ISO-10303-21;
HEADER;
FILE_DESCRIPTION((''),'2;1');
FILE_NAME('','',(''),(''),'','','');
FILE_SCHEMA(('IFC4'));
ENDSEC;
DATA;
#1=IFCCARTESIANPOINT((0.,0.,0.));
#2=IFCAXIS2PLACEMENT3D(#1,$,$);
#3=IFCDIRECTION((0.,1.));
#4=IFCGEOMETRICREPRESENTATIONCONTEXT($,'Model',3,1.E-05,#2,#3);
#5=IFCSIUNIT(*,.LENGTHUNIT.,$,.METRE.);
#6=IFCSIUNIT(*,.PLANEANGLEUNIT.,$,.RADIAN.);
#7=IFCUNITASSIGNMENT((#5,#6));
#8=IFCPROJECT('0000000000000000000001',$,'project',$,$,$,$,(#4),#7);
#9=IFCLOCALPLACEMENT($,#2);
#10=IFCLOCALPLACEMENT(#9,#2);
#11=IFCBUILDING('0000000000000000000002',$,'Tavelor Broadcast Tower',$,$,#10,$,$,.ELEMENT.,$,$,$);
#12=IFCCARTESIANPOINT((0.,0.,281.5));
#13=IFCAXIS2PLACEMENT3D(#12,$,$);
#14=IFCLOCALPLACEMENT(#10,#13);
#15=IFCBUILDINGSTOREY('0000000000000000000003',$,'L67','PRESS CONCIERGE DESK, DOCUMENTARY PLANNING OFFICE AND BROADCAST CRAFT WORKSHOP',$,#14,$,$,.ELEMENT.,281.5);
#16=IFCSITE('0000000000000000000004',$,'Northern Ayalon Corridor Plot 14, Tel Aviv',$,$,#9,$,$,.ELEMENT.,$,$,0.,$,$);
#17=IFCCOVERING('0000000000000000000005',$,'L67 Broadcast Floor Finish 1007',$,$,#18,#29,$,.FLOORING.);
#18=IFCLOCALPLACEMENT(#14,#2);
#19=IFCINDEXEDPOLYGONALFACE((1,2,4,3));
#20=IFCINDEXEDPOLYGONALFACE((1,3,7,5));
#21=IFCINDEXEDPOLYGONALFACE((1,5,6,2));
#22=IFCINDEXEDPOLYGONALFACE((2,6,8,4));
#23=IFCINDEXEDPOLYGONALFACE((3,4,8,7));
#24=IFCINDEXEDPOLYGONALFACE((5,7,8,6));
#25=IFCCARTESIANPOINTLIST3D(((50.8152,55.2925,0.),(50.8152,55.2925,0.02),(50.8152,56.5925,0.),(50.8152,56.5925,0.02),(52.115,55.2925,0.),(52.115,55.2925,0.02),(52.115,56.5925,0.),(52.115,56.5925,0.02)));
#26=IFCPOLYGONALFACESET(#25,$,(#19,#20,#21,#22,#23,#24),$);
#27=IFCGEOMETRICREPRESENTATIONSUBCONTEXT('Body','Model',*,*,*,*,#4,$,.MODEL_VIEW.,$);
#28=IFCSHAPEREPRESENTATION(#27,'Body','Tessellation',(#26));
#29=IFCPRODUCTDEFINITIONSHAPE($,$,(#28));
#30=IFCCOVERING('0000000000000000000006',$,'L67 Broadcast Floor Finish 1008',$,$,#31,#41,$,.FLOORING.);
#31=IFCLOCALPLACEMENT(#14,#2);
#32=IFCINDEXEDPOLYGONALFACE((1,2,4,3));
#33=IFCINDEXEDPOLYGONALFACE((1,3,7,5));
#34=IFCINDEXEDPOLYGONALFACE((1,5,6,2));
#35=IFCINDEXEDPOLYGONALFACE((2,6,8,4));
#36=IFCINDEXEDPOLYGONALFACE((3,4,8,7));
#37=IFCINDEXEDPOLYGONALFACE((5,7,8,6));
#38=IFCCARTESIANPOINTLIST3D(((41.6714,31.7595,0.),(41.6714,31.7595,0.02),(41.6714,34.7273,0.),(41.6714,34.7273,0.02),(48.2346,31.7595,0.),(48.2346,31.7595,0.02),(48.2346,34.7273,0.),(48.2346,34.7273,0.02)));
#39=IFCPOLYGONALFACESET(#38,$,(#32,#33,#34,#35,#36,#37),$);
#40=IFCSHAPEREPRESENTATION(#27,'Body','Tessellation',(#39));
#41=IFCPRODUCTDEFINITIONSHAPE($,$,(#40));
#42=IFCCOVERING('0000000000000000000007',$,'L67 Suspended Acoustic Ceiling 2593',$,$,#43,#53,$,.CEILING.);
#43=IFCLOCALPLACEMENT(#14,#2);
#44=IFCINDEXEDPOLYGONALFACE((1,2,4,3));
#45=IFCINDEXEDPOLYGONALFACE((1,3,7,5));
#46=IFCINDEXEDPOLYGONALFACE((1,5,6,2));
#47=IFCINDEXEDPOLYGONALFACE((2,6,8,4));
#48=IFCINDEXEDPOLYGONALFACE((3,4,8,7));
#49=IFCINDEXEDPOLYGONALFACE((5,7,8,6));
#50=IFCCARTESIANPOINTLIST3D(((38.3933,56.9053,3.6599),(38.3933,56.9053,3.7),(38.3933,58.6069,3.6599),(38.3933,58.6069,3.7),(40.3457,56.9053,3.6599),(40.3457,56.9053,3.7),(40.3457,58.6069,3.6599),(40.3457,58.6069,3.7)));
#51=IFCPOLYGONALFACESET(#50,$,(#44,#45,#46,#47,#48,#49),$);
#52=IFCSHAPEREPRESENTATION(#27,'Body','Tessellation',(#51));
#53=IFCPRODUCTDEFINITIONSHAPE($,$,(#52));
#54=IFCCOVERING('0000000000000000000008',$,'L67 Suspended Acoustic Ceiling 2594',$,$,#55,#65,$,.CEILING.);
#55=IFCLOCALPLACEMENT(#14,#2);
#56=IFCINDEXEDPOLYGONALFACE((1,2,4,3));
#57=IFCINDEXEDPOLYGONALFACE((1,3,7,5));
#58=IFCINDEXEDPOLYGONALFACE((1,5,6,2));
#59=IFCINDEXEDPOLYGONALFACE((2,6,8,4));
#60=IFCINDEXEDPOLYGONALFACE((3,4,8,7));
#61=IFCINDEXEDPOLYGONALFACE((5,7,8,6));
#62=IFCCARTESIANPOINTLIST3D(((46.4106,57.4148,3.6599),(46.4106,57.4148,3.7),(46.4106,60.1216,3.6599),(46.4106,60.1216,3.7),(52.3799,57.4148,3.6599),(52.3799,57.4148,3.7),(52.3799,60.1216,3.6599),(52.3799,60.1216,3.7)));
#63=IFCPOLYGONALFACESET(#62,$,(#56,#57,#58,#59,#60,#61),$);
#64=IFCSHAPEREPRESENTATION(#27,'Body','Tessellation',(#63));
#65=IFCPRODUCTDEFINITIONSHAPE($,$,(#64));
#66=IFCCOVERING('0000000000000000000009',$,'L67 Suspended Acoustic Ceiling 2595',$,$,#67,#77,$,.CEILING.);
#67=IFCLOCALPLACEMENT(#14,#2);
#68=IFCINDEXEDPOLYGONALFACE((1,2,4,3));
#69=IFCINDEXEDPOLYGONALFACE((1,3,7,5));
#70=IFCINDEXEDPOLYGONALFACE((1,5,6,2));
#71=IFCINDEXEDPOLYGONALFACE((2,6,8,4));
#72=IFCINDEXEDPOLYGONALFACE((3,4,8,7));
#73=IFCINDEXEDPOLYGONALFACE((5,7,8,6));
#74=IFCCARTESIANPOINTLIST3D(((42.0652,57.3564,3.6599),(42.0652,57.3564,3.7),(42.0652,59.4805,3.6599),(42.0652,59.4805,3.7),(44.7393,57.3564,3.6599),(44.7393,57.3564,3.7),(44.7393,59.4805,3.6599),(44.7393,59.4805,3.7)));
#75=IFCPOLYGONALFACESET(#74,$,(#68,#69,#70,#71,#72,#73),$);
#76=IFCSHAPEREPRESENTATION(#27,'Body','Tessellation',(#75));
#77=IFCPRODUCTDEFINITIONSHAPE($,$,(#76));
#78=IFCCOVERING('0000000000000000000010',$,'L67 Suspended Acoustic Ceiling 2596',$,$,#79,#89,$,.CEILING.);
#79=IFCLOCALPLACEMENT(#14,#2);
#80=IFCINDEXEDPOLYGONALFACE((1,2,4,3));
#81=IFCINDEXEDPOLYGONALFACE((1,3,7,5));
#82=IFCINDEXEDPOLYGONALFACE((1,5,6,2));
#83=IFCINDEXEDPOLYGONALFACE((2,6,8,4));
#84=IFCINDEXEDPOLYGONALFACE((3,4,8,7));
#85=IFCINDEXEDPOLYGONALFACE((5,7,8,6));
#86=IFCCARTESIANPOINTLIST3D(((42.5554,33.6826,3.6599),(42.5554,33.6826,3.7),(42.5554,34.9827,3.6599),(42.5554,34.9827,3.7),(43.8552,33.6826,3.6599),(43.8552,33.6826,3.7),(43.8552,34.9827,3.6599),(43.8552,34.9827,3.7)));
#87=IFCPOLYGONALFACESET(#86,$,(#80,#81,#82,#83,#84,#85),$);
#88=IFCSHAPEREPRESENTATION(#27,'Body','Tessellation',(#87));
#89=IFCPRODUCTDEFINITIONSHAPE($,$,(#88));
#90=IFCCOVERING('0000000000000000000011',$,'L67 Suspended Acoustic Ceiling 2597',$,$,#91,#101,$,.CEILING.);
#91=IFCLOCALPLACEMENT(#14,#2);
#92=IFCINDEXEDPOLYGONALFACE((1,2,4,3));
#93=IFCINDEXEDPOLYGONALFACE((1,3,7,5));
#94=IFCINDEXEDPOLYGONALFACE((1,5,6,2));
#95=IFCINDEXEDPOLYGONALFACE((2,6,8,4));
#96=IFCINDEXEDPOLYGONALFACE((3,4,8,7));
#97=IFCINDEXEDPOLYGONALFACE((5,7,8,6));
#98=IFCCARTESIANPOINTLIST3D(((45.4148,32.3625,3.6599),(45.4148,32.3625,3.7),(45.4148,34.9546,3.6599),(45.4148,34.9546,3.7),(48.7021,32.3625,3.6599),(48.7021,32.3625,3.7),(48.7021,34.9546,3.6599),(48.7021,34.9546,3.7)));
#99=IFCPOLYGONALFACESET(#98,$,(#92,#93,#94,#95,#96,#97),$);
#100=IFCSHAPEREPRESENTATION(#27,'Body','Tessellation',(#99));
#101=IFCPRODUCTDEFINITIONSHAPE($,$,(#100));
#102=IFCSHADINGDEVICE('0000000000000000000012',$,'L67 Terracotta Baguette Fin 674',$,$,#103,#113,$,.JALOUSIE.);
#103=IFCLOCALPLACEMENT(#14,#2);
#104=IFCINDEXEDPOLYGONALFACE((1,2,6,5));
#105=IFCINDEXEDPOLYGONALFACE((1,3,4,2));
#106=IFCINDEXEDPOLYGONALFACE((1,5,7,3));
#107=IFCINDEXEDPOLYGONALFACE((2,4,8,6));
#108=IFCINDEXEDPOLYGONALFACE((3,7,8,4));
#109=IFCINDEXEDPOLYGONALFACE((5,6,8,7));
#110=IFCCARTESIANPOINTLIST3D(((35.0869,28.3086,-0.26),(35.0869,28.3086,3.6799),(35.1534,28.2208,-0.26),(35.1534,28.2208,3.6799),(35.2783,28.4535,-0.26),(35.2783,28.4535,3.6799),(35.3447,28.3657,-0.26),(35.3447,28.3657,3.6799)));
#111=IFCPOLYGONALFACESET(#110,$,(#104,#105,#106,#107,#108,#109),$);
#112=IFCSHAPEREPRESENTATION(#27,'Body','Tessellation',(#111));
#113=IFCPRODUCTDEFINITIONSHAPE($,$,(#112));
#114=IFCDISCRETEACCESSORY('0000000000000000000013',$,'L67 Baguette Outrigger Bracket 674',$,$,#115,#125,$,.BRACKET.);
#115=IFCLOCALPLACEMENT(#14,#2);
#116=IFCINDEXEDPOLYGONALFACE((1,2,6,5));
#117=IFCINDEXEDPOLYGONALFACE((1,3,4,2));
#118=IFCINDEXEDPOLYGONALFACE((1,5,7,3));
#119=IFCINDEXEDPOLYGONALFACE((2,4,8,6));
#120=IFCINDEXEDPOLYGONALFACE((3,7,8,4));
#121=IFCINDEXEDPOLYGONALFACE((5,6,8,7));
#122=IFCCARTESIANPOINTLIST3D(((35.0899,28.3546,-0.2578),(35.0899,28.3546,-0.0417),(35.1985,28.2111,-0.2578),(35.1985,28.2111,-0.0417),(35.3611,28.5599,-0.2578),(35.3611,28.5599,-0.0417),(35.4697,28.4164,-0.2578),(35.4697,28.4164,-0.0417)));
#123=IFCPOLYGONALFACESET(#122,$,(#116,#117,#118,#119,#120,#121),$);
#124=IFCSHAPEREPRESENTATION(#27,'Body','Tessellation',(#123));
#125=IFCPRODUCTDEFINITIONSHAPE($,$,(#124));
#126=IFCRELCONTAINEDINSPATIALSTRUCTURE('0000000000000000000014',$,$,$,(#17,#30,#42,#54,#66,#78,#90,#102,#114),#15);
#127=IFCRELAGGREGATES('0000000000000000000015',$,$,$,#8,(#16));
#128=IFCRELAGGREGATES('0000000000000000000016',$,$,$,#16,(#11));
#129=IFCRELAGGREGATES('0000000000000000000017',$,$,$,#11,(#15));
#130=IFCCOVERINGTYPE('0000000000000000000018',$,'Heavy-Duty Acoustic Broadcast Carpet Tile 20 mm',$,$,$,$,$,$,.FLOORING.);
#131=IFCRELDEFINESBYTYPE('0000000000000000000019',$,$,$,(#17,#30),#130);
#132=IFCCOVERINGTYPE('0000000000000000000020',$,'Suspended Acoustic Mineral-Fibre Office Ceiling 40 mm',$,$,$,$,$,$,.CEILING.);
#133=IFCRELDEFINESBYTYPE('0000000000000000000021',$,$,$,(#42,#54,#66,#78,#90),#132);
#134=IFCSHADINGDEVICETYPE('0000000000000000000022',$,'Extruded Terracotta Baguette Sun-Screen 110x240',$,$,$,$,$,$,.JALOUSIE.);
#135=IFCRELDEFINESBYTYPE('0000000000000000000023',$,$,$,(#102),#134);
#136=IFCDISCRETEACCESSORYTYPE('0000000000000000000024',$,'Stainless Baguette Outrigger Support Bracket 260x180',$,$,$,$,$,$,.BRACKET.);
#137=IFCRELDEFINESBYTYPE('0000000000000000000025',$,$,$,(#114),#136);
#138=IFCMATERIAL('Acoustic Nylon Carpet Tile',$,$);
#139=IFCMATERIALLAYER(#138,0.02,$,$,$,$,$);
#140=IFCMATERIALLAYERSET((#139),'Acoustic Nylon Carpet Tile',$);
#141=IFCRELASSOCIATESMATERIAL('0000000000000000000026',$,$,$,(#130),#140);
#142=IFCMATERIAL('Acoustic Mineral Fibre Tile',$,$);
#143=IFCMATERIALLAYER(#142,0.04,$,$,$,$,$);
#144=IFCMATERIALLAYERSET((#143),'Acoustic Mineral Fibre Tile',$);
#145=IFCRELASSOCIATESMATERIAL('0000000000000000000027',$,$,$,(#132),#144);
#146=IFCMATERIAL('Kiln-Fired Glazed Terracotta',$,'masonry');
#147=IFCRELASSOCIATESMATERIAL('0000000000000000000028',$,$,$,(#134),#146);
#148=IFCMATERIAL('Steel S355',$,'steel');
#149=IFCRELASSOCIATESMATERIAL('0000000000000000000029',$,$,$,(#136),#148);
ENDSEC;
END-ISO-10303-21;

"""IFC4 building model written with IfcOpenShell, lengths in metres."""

from ifc_helpers import new_model, si_unit, direction, frame, origin, origin_2d, place, context, subcontext, project, spatial, polyline, rectangle, outline, extrude, source, transform, mapped, material, layer, layer_set, type_object, type_shapes, element, save


model = new_model("IFC4")

# Units and contexts
model_context = context("Model", 3, precision=1e-05, world=origin(), true_north=direction((0.0, 1.0)))
body_context = subcontext(model_context, "Body", "Model", "MODEL_VIEW")
ifc_project = project(units=[si_unit("LENGTHUNIT", "METRE"), si_unit("PLANEANGLEUNIT", "RADIAN")], contexts=[model_context])

# Site, building, storey
site_placement = place(None, origin())
site = spatial("IfcSite", under=ifc_project, at=site_placement, Name="Northern Ayalon Corridor Plot 14, Tel Aviv", CompositionType="ELEMENT", RefElevation=0.0)
building_placement = place(site_placement, origin())
building = spatial("IfcBuilding", under=site, at=building_placement, Name="Tavelor Broadcast Tower", CompositionType="ELEMENT")
storey_placement = place(building_placement, frame((0.0, 0.0, 281.5)))
storey = spatial("IfcBuildingStorey", under=building, at=storey_placement, Name="L67", Description="PRESS CONCIERGE DESK, DOCUMENTARY PLANNING OFFICE AND BROADCAST CRAFT WORKSHOP", CompositionType="ELEMENT", Elevation=281.5)

# Coverings
ifc_material_1 = material(Name="Acoustic Nylon Carpet Tile")
ifc_layer_1 = layer(ifc_material_1, 0.02)
ifc_layer_set_1 = layer_set([ifc_layer_1], Name="Acoustic Nylon Carpet Tile")
covering_type_1 = type_object("IfcCoveringType", Name="Heavy-Duty Acoustic Broadcast Carpet Tile 20 mm", PredefinedType="FLOORING", material=ifc_layer_set_1)
covering_1_placement = place(storey_placement, origin())
element("IfcCovering", 1, at=covering_1_placement, inside=storey, type_object=covering_type_1, Name="L67 Broadcast Floor Finish 1007", PredefinedType="FLOORING", context=body_context, shape_type="SweptSolid", body=[
    extrude(outline(polyline([(50.8152, 55.2925), (52.115, 55.2925), (52.115, 56.5925), (50.8152, 56.5925), (50.8152, 55.2925)])), origin(), (0.0, 0.0, 1.0), 0.02),
])
covering_2_placement = place(storey_placement, origin())
element("IfcCovering", 2, at=covering_2_placement, inside=storey, type_object=covering_type_1, Name="L67 Broadcast Floor Finish 1008", PredefinedType="FLOORING", context=body_context, shape_type="SweptSolid", body=[
    extrude(outline(polyline([(41.6714, 31.7595), (48.2346, 31.7595), (48.2346, 34.7273), (41.6714, 34.7273), (41.6714, 31.7595)])), origin(), (0.0, 0.0, 1.0), 0.02),
])
ifc_material_2 = material(Name="Acoustic Mineral Fibre Tile")
ifc_layer_2 = layer(ifc_material_2, 0.04)
ifc_layer_set_2 = layer_set([ifc_layer_2], Name="Acoustic Mineral Fibre Tile")
covering_type_2 = type_object("IfcCoveringType", Name="Suspended Acoustic Mineral-Fibre Office Ceiling 40 mm", PredefinedType="CEILING", material=ifc_layer_set_2)
covering_3_placement = place(storey_placement, frame((0.0, 0.0, 3.6599)))
element("IfcCovering", 3, at=covering_3_placement, inside=storey, type_object=covering_type_2, Name="L67 Suspended Acoustic Ceiling 2593", PredefinedType="CEILING", context=body_context, shape_type="SweptSolid", body=[
    extrude(outline(polyline([(38.3933, 56.9053), (40.3457, 56.9053), (40.3457, 58.6069), (38.3933, 58.6069), (38.3933, 56.9053)])), origin(), (0.0, 0.0, 1.0), 0.04),
])
covering_4_placement = place(storey_placement, frame((0.0, 0.0, 3.6599)))
element("IfcCovering", 4, at=covering_4_placement, inside=storey, type_object=covering_type_2, Name="L67 Suspended Acoustic Ceiling 2594", PredefinedType="CEILING", context=body_context, shape_type="SweptSolid", body=[
    extrude(outline(polyline([(46.4106, 57.4148), (52.3799, 57.4148), (52.3799, 60.1216), (46.4106, 60.1216), (46.4106, 57.4148)])), origin(), (0.0, 0.0, 1.0), 0.04),
])
covering_5_placement = place(storey_placement, frame((0.0, 0.0, 3.6599)))
element("IfcCovering", 5, at=covering_5_placement, inside=storey, type_object=covering_type_2, Name="L67 Suspended Acoustic Ceiling 2595", PredefinedType="CEILING", context=body_context, shape_type="SweptSolid", body=[
    extrude(outline(polyline([(42.0652, 57.3564), (44.7393, 57.3564), (44.7393, 59.4805), (42.0652, 59.4805), (42.0652, 57.3564)])), origin(), (0.0, 0.0, 1.0), 0.04),
])
covering_6_placement = place(storey_placement, frame((0.0, 0.0, 3.6599)))
element("IfcCovering", 6, at=covering_6_placement, inside=storey, type_object=covering_type_2, Name="L67 Suspended Acoustic Ceiling 2596", PredefinedType="CEILING", context=body_context, shape_type="SweptSolid", body=[
    extrude(outline(polyline([(42.5554, 33.6826), (43.8552, 33.6826), (43.8552, 34.9827), (42.5554, 34.9827), (42.5554, 33.6826)])), origin(), (0.0, 0.0, 1.0), 0.04),
])
covering_7_placement = place(storey_placement, frame((0.0, 0.0, 3.6599)))
element("IfcCovering", 7, at=covering_7_placement, inside=storey, type_object=covering_type_2, Name="L67 Suspended Acoustic Ceiling 2597", PredefinedType="CEILING", context=body_context, shape_type="SweptSolid", body=[
    extrude(outline(polyline([(45.4148, 32.3625), (48.7021, 32.3625), (48.7021, 34.9546), (45.4148, 34.9546), (45.4148, 32.3625)])), origin(), (0.0, 0.0, 1.0), 0.04),
])

# Shading device
ifc_material_3 = material(Name="Kiln-Fired Glazed Terracotta", Category="masonry")
shading_device_type = type_object("IfcShadingDeviceType", Name="Extruded Terracotta Baguette Sun-Screen 110x240", PredefinedType="JALOUSIE", material=ifc_material_3)
shared_shape_1 = source(origin(), body_context, "Body", "SweptSolid", [
    extrude(rectangle(XDim=0.1101, YDim=0.24, at=origin_2d()), origin(), (0.0, 0.0, 1.0), 3.9399),
])
type_shapes(shading_device_type, [shared_shape_1])
shading_device_placement = place(storey_placement, frame((35.2158, 28.3372, -0.26), z_axis=(0.0, 0.0, 1.0), x_axis=(0.603626, -0.797268, 0.0)))
element("IfcShadingDevice", 8, at=shading_device_placement, inside=storey, type_object=shading_device_type, Name="L67 Terracotta Baguette Fin 674", PredefinedType="JALOUSIE", context=body_context, shape_type="MappedRepresentation", body=[
    mapped(shared_shape_1, transform((0.0, 0.0, 0.0), scale=1.0)),
])

# Discrete accessory
ifc_material_4 = material(Name="Steel S355", Category="steel")
discrete_accessory_type = type_object("IfcDiscreteAccessoryType", Name="Stainless Baguette Outrigger Support Bracket 260x180", PredefinedType="BRACKET", material=ifc_material_4)
shared_shape_2 = source(origin(), body_context, "Body", "SweptSolid", [
    extrude(rectangle(XDim=0.1799, YDim=0.3401, at=origin_2d()), origin(), (0.0, 0.0, 1.0), 0.2161),
])
type_shapes(discrete_accessory_type, [shared_shape_2])
discrete_accessory_placement = place(storey_placement, frame((35.2798, 28.3855, -0.2578), z_axis=(0.0, 0.0, 1.0), x_axis=(0.603626, -0.797268, 0.0)))
element("IfcDiscreteAccessory", 9, at=discrete_accessory_placement, inside=storey, type_object=discrete_accessory_type, Name="L67 Baguette Outrigger Bracket 674", PredefinedType="BRACKET", context=body_context, shape_type="MappedRepresentation", body=[
    mapped(shared_shape_2, transform((0.0, 0.0, 0.0), scale=1.0)),
])

save(model, "model.ifc")
